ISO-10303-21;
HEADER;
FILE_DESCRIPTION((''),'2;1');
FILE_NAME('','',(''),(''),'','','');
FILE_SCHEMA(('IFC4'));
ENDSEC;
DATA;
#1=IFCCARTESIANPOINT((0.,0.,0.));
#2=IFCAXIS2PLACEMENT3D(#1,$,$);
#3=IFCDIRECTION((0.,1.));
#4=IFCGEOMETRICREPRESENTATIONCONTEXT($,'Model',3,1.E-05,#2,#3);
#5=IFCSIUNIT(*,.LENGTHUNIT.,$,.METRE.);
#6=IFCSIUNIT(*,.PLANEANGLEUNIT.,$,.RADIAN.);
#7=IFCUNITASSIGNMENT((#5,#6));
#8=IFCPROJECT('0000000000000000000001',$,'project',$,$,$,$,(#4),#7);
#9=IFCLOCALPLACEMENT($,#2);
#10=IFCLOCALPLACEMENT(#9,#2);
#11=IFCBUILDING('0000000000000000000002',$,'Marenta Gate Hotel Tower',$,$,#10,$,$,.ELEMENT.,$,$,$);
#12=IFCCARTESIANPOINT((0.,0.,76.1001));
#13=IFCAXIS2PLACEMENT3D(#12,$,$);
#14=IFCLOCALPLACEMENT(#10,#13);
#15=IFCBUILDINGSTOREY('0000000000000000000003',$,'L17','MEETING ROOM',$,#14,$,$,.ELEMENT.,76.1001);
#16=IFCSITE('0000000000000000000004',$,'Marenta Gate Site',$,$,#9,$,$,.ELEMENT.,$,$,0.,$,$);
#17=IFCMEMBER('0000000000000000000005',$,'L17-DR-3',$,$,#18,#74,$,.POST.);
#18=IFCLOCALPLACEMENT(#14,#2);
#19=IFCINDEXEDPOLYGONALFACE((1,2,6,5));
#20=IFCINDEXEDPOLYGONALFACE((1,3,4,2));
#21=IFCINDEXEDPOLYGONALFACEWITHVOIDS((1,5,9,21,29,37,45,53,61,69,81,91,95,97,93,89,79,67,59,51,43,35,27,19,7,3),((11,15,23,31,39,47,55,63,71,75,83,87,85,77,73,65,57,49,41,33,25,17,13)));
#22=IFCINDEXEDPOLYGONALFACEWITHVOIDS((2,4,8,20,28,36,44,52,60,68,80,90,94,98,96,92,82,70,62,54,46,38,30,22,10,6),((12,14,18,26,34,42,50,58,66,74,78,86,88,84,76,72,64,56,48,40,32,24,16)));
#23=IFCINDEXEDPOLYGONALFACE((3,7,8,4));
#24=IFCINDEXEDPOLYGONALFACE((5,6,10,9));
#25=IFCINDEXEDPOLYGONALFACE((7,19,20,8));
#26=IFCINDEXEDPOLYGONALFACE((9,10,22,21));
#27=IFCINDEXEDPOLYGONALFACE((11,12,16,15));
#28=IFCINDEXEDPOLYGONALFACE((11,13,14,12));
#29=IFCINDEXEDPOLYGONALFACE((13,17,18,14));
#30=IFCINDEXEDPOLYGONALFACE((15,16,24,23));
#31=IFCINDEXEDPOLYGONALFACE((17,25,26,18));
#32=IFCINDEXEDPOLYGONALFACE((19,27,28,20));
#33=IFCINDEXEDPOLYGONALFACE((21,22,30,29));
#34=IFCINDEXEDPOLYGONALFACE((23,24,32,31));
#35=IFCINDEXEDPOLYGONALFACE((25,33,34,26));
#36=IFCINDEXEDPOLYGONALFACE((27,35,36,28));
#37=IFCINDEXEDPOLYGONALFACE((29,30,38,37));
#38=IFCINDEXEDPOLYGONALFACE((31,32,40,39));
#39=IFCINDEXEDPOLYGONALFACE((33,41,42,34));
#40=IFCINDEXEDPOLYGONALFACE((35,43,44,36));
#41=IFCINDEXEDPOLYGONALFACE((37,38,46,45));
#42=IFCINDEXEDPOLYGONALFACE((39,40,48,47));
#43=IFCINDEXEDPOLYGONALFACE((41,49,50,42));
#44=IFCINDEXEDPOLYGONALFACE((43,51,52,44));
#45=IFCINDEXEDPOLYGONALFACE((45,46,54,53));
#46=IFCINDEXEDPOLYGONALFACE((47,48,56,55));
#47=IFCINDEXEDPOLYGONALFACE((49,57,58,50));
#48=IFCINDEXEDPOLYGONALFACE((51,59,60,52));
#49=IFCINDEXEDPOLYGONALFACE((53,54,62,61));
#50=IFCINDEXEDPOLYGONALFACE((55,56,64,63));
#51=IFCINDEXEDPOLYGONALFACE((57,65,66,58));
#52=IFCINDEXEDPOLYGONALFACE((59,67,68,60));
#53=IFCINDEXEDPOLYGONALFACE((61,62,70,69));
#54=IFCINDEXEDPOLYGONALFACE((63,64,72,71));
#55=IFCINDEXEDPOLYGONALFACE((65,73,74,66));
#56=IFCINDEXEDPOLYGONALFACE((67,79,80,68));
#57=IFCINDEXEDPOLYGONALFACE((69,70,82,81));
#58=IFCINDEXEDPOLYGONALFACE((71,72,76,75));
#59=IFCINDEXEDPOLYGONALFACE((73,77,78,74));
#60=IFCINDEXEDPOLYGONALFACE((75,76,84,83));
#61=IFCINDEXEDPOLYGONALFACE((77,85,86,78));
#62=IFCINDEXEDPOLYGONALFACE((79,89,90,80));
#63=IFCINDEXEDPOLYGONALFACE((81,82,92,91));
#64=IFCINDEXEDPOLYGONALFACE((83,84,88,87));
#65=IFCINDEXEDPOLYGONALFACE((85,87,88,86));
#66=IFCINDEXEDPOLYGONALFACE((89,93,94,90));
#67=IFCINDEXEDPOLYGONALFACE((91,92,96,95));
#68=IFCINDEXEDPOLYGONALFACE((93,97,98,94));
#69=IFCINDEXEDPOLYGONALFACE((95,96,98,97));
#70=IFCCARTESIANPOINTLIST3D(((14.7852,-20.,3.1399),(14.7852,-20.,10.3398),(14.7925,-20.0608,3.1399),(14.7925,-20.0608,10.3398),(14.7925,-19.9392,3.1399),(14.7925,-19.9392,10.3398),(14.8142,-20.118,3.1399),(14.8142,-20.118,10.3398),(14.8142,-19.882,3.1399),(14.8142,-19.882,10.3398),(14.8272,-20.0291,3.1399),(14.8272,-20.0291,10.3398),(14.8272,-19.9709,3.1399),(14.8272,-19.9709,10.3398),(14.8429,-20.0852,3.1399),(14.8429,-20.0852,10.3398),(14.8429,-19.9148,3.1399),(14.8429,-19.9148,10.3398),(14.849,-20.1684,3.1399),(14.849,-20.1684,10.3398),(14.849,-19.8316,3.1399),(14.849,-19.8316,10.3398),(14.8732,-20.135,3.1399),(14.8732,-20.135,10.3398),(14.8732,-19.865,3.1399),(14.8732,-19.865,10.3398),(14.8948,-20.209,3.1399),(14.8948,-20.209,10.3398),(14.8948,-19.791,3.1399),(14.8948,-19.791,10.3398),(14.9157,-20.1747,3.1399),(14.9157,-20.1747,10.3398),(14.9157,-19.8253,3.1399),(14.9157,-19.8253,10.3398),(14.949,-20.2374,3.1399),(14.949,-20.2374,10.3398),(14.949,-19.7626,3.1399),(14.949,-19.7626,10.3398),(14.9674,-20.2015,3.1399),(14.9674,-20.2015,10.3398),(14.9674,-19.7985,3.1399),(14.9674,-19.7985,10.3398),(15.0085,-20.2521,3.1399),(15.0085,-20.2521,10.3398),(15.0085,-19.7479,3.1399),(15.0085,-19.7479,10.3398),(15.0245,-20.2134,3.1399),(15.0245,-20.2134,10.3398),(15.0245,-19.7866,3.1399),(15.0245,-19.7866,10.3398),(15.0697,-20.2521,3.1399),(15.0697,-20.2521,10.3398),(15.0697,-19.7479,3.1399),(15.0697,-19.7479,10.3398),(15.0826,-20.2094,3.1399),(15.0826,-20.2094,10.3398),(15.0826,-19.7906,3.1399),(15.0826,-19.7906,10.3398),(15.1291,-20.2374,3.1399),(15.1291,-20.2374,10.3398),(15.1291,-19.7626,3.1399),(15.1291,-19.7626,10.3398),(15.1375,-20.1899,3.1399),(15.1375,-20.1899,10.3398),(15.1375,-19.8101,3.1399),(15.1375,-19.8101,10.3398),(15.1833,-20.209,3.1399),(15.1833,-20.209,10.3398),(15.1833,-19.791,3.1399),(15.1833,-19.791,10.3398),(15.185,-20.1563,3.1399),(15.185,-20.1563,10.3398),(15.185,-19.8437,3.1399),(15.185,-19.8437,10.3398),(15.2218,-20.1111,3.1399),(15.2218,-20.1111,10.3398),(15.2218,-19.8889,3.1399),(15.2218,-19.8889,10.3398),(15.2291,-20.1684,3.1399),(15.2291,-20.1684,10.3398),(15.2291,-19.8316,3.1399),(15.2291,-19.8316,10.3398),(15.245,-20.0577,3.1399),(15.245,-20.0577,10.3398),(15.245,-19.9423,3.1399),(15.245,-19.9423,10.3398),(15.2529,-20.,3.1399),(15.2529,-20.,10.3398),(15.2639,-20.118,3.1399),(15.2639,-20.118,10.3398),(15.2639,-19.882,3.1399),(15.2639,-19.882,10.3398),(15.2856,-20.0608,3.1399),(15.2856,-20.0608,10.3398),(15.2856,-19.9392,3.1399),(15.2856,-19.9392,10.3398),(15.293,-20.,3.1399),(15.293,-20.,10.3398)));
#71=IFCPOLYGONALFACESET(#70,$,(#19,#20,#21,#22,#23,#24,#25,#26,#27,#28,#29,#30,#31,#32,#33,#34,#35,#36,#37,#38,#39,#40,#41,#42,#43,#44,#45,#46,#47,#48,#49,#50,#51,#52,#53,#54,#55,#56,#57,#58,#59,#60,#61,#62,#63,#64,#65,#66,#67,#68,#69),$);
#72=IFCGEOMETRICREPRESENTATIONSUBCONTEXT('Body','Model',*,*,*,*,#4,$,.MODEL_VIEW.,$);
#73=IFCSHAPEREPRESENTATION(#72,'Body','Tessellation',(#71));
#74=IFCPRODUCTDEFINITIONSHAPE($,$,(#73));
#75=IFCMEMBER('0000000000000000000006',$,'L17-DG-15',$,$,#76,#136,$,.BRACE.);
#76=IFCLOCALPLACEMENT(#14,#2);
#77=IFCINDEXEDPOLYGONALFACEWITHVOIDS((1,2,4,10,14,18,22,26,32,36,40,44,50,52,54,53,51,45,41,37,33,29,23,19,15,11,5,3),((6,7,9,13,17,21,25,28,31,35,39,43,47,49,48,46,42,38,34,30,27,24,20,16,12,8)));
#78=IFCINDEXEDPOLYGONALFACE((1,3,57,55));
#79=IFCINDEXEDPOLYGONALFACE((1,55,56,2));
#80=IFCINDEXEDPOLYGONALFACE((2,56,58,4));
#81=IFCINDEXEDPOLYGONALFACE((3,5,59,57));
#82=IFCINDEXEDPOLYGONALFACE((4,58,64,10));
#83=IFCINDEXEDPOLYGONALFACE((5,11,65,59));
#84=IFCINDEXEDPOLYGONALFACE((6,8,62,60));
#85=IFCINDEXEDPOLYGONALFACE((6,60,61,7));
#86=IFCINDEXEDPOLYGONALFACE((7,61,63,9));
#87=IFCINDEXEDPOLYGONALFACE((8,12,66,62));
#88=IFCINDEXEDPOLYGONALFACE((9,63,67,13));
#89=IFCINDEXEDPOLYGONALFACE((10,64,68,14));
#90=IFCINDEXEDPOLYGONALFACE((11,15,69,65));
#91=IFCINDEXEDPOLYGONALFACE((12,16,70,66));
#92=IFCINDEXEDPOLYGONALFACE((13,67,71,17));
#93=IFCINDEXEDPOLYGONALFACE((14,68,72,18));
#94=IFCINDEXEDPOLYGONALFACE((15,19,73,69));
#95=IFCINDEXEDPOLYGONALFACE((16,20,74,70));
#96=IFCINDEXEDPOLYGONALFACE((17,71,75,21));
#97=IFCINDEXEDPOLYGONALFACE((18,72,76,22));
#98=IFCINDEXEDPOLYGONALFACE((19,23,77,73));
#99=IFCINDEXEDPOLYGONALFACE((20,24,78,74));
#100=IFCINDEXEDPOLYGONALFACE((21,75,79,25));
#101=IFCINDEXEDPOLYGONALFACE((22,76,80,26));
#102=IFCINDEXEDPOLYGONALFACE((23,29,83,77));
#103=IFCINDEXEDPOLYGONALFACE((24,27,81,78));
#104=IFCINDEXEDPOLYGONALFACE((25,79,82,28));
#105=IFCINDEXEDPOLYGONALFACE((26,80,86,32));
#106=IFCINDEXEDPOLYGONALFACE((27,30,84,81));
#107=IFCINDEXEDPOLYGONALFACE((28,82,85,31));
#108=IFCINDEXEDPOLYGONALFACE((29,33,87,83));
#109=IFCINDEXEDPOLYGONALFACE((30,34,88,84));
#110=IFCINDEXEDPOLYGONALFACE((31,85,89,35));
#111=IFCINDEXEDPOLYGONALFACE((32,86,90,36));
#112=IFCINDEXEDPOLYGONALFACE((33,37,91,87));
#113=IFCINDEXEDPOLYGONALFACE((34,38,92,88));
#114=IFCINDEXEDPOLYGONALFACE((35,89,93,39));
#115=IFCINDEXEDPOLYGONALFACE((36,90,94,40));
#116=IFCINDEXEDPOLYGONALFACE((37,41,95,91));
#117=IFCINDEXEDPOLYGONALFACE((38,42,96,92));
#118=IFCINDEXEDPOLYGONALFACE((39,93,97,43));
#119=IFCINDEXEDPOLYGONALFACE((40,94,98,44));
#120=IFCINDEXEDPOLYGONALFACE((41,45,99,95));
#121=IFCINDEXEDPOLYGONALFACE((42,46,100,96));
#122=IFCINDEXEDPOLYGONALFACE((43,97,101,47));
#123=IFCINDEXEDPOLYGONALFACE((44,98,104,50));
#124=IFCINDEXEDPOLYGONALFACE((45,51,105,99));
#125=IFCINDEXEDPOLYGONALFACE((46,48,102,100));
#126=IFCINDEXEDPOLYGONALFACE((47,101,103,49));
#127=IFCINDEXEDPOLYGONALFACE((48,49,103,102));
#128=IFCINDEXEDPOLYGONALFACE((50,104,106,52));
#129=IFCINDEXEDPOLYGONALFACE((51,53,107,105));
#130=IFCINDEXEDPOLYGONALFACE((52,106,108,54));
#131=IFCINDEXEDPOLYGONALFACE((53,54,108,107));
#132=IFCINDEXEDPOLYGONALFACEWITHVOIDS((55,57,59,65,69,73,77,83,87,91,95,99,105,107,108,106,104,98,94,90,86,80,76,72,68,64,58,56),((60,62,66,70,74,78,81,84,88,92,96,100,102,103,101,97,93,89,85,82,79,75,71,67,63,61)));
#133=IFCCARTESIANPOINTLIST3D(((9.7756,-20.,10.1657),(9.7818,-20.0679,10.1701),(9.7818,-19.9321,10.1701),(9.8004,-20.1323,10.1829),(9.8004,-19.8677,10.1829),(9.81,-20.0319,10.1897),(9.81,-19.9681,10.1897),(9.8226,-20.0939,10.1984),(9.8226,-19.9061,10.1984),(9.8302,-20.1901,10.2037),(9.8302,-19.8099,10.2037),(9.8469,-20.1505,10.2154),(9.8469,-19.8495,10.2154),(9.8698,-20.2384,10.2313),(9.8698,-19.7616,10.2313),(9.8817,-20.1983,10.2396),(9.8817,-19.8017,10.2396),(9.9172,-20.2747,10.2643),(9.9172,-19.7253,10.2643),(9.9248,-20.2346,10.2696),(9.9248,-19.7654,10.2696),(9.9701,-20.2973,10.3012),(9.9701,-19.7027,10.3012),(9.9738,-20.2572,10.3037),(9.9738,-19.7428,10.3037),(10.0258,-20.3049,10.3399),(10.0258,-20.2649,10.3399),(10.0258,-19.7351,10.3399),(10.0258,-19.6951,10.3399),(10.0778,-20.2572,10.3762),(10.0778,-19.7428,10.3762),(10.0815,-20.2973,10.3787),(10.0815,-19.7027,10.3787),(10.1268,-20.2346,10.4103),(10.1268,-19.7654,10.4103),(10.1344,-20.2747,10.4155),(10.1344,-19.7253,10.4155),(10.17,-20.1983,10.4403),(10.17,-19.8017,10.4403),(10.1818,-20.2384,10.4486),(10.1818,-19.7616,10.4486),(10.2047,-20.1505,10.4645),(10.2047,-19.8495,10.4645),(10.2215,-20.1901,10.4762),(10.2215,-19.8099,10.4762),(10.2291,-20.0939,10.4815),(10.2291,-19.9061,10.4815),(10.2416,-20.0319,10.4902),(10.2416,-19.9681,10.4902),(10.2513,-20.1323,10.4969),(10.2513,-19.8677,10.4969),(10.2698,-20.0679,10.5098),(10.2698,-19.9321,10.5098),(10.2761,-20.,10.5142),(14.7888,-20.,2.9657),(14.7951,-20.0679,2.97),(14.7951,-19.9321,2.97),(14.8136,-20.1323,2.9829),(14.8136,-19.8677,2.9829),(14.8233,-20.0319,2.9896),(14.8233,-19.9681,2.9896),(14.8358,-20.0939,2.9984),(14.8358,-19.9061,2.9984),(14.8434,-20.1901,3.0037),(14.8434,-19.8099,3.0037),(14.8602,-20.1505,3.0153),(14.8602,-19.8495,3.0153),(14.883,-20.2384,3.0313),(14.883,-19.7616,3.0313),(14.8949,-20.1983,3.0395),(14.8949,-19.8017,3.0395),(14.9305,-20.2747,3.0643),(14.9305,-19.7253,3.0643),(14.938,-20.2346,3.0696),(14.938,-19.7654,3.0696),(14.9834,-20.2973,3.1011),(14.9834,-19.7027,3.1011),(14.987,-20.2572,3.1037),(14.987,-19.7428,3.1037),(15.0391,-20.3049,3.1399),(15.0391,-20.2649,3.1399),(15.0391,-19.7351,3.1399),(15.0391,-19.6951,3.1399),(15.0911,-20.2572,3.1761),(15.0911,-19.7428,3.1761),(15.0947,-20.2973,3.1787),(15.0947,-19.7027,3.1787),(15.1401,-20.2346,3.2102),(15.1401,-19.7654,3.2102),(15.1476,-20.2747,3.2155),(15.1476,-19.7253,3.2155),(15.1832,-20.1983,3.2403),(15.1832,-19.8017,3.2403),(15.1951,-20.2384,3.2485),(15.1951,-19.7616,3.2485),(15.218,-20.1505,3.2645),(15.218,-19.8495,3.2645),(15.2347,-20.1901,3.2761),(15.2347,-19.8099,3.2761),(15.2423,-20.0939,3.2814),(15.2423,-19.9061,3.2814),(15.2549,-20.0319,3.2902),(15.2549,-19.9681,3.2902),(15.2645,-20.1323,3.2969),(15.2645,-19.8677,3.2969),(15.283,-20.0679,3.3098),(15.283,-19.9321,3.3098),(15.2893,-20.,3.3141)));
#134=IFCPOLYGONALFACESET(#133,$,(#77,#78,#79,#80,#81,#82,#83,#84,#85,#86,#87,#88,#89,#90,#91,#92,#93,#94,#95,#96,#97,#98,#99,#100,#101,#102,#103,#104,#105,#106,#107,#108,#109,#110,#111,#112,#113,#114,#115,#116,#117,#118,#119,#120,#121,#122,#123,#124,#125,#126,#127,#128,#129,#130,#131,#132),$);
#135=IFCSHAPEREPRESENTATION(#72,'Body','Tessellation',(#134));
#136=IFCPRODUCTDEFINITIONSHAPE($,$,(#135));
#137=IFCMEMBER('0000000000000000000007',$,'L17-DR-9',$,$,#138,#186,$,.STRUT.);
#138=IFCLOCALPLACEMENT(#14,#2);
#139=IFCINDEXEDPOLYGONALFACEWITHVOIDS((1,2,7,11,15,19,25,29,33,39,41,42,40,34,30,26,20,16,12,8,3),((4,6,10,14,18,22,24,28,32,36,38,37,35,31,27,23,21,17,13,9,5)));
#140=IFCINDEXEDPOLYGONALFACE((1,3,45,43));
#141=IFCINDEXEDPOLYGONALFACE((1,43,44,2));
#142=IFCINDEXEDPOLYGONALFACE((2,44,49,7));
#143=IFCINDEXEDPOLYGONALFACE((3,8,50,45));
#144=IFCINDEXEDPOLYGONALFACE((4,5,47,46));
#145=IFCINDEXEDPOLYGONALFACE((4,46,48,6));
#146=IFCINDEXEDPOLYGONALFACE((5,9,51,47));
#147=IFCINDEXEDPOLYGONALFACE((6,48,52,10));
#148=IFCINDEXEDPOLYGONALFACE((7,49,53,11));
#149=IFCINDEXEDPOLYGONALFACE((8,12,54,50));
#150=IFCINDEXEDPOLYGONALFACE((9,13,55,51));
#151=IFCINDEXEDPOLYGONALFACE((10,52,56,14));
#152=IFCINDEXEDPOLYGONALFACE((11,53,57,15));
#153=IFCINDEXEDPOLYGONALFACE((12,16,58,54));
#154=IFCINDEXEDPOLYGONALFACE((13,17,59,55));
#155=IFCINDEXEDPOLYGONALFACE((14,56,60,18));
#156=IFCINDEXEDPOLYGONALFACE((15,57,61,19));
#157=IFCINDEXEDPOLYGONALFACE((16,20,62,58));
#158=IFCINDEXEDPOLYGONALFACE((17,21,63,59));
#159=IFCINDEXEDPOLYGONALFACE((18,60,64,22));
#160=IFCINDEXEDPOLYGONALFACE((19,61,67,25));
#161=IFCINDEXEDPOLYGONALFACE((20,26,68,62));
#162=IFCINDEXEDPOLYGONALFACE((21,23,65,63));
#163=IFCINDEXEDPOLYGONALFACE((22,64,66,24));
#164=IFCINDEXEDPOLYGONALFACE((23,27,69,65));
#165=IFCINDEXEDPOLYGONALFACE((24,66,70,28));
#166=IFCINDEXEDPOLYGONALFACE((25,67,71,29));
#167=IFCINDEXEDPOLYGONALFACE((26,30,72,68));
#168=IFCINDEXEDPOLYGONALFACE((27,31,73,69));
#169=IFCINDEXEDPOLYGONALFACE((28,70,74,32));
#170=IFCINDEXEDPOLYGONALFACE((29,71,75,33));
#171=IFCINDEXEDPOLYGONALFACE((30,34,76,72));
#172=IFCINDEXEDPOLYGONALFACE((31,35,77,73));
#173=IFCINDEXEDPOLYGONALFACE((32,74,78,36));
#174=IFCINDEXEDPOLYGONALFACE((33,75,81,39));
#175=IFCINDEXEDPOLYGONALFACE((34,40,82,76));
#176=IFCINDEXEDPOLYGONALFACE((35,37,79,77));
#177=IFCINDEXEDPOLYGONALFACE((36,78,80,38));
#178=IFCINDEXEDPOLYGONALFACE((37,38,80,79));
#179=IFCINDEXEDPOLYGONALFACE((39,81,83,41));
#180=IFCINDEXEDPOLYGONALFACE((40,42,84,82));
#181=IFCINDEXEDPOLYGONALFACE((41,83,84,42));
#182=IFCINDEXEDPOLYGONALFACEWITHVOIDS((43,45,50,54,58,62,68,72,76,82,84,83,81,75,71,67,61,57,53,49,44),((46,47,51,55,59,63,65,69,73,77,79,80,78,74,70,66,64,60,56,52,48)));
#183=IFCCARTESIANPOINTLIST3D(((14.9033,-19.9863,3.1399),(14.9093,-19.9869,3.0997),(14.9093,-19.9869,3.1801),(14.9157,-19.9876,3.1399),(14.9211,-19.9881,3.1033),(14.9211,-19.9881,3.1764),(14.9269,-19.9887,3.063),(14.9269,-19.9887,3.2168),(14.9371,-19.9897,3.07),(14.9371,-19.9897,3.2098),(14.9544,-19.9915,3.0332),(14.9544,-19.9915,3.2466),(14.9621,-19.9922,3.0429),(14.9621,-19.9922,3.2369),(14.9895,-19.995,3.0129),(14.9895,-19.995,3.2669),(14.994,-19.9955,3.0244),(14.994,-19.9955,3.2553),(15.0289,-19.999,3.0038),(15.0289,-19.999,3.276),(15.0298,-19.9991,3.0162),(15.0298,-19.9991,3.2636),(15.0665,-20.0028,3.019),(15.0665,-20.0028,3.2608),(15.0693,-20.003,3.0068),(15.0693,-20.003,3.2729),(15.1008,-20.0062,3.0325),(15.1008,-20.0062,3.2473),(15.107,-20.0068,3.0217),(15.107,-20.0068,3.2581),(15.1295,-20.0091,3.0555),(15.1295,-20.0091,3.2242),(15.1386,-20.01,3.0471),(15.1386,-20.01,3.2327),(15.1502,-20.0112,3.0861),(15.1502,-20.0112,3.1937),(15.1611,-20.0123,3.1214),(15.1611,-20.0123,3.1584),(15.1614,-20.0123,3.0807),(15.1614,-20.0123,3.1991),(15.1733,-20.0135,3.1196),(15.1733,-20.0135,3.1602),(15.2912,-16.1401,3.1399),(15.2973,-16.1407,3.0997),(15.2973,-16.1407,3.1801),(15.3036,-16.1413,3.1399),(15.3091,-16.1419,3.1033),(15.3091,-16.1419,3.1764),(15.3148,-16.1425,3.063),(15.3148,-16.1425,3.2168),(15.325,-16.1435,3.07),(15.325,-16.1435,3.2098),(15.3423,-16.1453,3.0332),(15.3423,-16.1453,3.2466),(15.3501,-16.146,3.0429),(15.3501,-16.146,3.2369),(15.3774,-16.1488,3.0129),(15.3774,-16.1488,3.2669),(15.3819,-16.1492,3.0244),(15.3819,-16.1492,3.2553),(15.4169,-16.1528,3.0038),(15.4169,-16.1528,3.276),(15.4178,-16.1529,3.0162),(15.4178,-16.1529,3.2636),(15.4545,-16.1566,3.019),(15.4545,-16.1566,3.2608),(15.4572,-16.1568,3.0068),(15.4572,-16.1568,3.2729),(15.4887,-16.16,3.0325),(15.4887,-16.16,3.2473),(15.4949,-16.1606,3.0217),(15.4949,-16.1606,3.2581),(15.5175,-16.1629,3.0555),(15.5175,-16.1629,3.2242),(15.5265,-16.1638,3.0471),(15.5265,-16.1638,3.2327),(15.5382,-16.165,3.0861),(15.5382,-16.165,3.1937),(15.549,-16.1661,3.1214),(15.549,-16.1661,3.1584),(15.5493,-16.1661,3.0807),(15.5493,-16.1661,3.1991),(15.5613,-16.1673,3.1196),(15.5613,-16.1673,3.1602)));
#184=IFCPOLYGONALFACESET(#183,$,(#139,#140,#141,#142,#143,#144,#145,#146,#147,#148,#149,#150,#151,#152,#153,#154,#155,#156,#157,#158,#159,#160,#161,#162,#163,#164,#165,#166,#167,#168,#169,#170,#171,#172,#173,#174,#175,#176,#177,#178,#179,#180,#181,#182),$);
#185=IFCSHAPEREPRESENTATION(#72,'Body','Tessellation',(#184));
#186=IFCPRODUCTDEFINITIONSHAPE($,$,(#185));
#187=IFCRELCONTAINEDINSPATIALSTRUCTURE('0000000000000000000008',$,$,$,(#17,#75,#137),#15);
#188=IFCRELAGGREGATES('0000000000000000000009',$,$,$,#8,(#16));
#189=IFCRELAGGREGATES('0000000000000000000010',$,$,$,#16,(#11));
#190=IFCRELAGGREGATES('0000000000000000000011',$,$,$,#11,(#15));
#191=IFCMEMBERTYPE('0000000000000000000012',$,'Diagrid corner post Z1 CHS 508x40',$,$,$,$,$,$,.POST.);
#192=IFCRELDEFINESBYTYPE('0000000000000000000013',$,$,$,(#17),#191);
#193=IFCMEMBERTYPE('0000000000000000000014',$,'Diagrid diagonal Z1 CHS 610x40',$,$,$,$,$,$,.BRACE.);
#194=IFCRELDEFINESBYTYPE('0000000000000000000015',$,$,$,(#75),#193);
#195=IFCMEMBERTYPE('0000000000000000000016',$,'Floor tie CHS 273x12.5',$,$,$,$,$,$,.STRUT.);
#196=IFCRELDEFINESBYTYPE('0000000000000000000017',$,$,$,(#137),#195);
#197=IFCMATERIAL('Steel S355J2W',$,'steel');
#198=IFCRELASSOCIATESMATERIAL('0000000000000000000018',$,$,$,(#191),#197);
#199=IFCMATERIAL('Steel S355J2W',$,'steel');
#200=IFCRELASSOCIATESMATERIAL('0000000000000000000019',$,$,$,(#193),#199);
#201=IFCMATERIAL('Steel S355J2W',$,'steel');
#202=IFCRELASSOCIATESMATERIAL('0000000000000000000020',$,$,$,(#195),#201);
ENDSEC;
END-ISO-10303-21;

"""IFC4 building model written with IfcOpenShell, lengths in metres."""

from ifc_helpers import new_model, si_unit, direction, frame, origin, origin_2d, place, context, subcontext, project, spatial, hollow_circle, extrude, material, material_profile, profile_set, type_object, element, save


model = new_model("IFC4")

# Units and contexts
model_context = context("Model", 3, precision=1e-05, world=origin(), true_north=direction((0.0, 1.0)))
body_context = subcontext(model_context, "Body", "Model", "MODEL_VIEW")
ifc_project = project(units=[si_unit("LENGTHUNIT", "METRE"), si_unit("PLANEANGLEUNIT", "RADIAN")], contexts=[model_context])

# Site, building, storey
site_placement = place(None, origin())
site = spatial("IfcSite", under=ifc_project, at=site_placement, Name="Marenta Gate Site", CompositionType="ELEMENT", RefElevation=0.0)
building_placement = place(site_placement, origin())
building = spatial("IfcBuilding", under=site, at=building_placement, Name="Marenta Gate Hotel Tower", CompositionType="ELEMENT")
storey_placement = place(building_placement, frame((0.0, 0.0, 76.1001)))
storey = spatial("IfcBuildingStorey", under=building, at=storey_placement, Name="L17", Description="MEETING ROOM", CompositionType="ELEMENT", Elevation=76.1001)

# Members
ifc_material_1 = material(Name="Steel S355J2W", Category="steel")
ifc_material_profile_1 = material_profile(ifc_material_1, hollow_circle(Radius=0.2539, WallThickness=0.04, at=origin_2d()), Name="CHS 508x40")
ifc_profile_set_1 = profile_set([ifc_material_profile_1], Name="Steel S355J2W")
member_type_1 = type_object("IfcMemberType", Name="Diagrid corner post Z1 CHS 508x40", PredefinedType="POST", material=ifc_profile_set_1)
member_1_placement = place(storey_placement, frame((15.0391, -20.0, 3.1399), z_axis=(0.0, 0.0, 1.0), x_axis=(1.0, 0.0, 0.0)))
element("IfcMember", 1, at=member_1_placement, inside=storey, type_object=member_type_1, Name="L17-DR-3", PredefinedType="POST", context=body_context, shape_type="SweptSolid", body=[
    extrude(hollow_circle(Radius=0.2539, WallThickness=0.04, at=origin_2d()), origin(), (0.0, 0.0, 1.0), 7.2),
])
ifc_material_2 = material(Name="Steel S355J2W", Category="steel")
ifc_material_profile_2 = material_profile(ifc_material_2, hollow_circle(Radius=0.3049, WallThickness=0.04, at=origin_2d()), Name="CHS 610x40")
ifc_profile_set_2 = profile_set([ifc_material_profile_2], Name="Steel S355J2W")
member_type_2 = type_object("IfcMemberType", Name="Diagrid diagonal Z1 CHS 610x40", PredefinedType="BRACE", material=ifc_profile_set_2)
member_2_placement = place(storey_placement, frame((15.0391, -20.0, 3.1399), z_axis=(-0.571412, 0.0, 0.820664), x_axis=(0.0, -1.0, 0.0)))
element("IfcMember", 2, at=member_2_placement, inside=storey, type_object=member_type_2, Name="L17-DG-15", PredefinedType="BRACE", context=body_context, shape_type="SweptSolid", body=[
    extrude(hollow_circle(Radius=0.3049, WallThickness=0.04, at=origin_2d()), origin(), (0.0, 0.0, 1.0), 8.7734),
])
ifc_material_3 = material(Name="Steel S355J2W", Category="steel")
ifc_material_profile_3 = material_profile(ifc_material_3, hollow_circle(Radius=0.1365, WallThickness=0.0125, at=origin_2d()), Name="CHS 273x12.5")
ifc_profile_set_3 = profile_set([ifc_material_profile_3], Name="Steel S355J2W")
member_type_3 = type_object("IfcMemberType", Name="Floor tie CHS 273x12.5", PredefinedType="STRUT", material=ifc_profile_set_3)
member_3_placement = place(storey_placement, frame((15.0391, -20.0, 3.1399), z_axis=(0.100354, 0.994952, 0.0), x_axis=(-0.994952, 0.100354, 0.0)))
element("IfcMember", 3, at=member_3_placement, inside=storey, type_object=member_type_3, Name="L17-DR-9", PredefinedType="STRUT", context=body_context, shape_type="SweptSolid", body=[
    extrude(hollow_circle(Radius=0.1365, WallThickness=0.0125, at=origin_2d()), origin(), (0.0, 0.0, 1.0), 3.8657),
])

save(model, "model.ifc")
